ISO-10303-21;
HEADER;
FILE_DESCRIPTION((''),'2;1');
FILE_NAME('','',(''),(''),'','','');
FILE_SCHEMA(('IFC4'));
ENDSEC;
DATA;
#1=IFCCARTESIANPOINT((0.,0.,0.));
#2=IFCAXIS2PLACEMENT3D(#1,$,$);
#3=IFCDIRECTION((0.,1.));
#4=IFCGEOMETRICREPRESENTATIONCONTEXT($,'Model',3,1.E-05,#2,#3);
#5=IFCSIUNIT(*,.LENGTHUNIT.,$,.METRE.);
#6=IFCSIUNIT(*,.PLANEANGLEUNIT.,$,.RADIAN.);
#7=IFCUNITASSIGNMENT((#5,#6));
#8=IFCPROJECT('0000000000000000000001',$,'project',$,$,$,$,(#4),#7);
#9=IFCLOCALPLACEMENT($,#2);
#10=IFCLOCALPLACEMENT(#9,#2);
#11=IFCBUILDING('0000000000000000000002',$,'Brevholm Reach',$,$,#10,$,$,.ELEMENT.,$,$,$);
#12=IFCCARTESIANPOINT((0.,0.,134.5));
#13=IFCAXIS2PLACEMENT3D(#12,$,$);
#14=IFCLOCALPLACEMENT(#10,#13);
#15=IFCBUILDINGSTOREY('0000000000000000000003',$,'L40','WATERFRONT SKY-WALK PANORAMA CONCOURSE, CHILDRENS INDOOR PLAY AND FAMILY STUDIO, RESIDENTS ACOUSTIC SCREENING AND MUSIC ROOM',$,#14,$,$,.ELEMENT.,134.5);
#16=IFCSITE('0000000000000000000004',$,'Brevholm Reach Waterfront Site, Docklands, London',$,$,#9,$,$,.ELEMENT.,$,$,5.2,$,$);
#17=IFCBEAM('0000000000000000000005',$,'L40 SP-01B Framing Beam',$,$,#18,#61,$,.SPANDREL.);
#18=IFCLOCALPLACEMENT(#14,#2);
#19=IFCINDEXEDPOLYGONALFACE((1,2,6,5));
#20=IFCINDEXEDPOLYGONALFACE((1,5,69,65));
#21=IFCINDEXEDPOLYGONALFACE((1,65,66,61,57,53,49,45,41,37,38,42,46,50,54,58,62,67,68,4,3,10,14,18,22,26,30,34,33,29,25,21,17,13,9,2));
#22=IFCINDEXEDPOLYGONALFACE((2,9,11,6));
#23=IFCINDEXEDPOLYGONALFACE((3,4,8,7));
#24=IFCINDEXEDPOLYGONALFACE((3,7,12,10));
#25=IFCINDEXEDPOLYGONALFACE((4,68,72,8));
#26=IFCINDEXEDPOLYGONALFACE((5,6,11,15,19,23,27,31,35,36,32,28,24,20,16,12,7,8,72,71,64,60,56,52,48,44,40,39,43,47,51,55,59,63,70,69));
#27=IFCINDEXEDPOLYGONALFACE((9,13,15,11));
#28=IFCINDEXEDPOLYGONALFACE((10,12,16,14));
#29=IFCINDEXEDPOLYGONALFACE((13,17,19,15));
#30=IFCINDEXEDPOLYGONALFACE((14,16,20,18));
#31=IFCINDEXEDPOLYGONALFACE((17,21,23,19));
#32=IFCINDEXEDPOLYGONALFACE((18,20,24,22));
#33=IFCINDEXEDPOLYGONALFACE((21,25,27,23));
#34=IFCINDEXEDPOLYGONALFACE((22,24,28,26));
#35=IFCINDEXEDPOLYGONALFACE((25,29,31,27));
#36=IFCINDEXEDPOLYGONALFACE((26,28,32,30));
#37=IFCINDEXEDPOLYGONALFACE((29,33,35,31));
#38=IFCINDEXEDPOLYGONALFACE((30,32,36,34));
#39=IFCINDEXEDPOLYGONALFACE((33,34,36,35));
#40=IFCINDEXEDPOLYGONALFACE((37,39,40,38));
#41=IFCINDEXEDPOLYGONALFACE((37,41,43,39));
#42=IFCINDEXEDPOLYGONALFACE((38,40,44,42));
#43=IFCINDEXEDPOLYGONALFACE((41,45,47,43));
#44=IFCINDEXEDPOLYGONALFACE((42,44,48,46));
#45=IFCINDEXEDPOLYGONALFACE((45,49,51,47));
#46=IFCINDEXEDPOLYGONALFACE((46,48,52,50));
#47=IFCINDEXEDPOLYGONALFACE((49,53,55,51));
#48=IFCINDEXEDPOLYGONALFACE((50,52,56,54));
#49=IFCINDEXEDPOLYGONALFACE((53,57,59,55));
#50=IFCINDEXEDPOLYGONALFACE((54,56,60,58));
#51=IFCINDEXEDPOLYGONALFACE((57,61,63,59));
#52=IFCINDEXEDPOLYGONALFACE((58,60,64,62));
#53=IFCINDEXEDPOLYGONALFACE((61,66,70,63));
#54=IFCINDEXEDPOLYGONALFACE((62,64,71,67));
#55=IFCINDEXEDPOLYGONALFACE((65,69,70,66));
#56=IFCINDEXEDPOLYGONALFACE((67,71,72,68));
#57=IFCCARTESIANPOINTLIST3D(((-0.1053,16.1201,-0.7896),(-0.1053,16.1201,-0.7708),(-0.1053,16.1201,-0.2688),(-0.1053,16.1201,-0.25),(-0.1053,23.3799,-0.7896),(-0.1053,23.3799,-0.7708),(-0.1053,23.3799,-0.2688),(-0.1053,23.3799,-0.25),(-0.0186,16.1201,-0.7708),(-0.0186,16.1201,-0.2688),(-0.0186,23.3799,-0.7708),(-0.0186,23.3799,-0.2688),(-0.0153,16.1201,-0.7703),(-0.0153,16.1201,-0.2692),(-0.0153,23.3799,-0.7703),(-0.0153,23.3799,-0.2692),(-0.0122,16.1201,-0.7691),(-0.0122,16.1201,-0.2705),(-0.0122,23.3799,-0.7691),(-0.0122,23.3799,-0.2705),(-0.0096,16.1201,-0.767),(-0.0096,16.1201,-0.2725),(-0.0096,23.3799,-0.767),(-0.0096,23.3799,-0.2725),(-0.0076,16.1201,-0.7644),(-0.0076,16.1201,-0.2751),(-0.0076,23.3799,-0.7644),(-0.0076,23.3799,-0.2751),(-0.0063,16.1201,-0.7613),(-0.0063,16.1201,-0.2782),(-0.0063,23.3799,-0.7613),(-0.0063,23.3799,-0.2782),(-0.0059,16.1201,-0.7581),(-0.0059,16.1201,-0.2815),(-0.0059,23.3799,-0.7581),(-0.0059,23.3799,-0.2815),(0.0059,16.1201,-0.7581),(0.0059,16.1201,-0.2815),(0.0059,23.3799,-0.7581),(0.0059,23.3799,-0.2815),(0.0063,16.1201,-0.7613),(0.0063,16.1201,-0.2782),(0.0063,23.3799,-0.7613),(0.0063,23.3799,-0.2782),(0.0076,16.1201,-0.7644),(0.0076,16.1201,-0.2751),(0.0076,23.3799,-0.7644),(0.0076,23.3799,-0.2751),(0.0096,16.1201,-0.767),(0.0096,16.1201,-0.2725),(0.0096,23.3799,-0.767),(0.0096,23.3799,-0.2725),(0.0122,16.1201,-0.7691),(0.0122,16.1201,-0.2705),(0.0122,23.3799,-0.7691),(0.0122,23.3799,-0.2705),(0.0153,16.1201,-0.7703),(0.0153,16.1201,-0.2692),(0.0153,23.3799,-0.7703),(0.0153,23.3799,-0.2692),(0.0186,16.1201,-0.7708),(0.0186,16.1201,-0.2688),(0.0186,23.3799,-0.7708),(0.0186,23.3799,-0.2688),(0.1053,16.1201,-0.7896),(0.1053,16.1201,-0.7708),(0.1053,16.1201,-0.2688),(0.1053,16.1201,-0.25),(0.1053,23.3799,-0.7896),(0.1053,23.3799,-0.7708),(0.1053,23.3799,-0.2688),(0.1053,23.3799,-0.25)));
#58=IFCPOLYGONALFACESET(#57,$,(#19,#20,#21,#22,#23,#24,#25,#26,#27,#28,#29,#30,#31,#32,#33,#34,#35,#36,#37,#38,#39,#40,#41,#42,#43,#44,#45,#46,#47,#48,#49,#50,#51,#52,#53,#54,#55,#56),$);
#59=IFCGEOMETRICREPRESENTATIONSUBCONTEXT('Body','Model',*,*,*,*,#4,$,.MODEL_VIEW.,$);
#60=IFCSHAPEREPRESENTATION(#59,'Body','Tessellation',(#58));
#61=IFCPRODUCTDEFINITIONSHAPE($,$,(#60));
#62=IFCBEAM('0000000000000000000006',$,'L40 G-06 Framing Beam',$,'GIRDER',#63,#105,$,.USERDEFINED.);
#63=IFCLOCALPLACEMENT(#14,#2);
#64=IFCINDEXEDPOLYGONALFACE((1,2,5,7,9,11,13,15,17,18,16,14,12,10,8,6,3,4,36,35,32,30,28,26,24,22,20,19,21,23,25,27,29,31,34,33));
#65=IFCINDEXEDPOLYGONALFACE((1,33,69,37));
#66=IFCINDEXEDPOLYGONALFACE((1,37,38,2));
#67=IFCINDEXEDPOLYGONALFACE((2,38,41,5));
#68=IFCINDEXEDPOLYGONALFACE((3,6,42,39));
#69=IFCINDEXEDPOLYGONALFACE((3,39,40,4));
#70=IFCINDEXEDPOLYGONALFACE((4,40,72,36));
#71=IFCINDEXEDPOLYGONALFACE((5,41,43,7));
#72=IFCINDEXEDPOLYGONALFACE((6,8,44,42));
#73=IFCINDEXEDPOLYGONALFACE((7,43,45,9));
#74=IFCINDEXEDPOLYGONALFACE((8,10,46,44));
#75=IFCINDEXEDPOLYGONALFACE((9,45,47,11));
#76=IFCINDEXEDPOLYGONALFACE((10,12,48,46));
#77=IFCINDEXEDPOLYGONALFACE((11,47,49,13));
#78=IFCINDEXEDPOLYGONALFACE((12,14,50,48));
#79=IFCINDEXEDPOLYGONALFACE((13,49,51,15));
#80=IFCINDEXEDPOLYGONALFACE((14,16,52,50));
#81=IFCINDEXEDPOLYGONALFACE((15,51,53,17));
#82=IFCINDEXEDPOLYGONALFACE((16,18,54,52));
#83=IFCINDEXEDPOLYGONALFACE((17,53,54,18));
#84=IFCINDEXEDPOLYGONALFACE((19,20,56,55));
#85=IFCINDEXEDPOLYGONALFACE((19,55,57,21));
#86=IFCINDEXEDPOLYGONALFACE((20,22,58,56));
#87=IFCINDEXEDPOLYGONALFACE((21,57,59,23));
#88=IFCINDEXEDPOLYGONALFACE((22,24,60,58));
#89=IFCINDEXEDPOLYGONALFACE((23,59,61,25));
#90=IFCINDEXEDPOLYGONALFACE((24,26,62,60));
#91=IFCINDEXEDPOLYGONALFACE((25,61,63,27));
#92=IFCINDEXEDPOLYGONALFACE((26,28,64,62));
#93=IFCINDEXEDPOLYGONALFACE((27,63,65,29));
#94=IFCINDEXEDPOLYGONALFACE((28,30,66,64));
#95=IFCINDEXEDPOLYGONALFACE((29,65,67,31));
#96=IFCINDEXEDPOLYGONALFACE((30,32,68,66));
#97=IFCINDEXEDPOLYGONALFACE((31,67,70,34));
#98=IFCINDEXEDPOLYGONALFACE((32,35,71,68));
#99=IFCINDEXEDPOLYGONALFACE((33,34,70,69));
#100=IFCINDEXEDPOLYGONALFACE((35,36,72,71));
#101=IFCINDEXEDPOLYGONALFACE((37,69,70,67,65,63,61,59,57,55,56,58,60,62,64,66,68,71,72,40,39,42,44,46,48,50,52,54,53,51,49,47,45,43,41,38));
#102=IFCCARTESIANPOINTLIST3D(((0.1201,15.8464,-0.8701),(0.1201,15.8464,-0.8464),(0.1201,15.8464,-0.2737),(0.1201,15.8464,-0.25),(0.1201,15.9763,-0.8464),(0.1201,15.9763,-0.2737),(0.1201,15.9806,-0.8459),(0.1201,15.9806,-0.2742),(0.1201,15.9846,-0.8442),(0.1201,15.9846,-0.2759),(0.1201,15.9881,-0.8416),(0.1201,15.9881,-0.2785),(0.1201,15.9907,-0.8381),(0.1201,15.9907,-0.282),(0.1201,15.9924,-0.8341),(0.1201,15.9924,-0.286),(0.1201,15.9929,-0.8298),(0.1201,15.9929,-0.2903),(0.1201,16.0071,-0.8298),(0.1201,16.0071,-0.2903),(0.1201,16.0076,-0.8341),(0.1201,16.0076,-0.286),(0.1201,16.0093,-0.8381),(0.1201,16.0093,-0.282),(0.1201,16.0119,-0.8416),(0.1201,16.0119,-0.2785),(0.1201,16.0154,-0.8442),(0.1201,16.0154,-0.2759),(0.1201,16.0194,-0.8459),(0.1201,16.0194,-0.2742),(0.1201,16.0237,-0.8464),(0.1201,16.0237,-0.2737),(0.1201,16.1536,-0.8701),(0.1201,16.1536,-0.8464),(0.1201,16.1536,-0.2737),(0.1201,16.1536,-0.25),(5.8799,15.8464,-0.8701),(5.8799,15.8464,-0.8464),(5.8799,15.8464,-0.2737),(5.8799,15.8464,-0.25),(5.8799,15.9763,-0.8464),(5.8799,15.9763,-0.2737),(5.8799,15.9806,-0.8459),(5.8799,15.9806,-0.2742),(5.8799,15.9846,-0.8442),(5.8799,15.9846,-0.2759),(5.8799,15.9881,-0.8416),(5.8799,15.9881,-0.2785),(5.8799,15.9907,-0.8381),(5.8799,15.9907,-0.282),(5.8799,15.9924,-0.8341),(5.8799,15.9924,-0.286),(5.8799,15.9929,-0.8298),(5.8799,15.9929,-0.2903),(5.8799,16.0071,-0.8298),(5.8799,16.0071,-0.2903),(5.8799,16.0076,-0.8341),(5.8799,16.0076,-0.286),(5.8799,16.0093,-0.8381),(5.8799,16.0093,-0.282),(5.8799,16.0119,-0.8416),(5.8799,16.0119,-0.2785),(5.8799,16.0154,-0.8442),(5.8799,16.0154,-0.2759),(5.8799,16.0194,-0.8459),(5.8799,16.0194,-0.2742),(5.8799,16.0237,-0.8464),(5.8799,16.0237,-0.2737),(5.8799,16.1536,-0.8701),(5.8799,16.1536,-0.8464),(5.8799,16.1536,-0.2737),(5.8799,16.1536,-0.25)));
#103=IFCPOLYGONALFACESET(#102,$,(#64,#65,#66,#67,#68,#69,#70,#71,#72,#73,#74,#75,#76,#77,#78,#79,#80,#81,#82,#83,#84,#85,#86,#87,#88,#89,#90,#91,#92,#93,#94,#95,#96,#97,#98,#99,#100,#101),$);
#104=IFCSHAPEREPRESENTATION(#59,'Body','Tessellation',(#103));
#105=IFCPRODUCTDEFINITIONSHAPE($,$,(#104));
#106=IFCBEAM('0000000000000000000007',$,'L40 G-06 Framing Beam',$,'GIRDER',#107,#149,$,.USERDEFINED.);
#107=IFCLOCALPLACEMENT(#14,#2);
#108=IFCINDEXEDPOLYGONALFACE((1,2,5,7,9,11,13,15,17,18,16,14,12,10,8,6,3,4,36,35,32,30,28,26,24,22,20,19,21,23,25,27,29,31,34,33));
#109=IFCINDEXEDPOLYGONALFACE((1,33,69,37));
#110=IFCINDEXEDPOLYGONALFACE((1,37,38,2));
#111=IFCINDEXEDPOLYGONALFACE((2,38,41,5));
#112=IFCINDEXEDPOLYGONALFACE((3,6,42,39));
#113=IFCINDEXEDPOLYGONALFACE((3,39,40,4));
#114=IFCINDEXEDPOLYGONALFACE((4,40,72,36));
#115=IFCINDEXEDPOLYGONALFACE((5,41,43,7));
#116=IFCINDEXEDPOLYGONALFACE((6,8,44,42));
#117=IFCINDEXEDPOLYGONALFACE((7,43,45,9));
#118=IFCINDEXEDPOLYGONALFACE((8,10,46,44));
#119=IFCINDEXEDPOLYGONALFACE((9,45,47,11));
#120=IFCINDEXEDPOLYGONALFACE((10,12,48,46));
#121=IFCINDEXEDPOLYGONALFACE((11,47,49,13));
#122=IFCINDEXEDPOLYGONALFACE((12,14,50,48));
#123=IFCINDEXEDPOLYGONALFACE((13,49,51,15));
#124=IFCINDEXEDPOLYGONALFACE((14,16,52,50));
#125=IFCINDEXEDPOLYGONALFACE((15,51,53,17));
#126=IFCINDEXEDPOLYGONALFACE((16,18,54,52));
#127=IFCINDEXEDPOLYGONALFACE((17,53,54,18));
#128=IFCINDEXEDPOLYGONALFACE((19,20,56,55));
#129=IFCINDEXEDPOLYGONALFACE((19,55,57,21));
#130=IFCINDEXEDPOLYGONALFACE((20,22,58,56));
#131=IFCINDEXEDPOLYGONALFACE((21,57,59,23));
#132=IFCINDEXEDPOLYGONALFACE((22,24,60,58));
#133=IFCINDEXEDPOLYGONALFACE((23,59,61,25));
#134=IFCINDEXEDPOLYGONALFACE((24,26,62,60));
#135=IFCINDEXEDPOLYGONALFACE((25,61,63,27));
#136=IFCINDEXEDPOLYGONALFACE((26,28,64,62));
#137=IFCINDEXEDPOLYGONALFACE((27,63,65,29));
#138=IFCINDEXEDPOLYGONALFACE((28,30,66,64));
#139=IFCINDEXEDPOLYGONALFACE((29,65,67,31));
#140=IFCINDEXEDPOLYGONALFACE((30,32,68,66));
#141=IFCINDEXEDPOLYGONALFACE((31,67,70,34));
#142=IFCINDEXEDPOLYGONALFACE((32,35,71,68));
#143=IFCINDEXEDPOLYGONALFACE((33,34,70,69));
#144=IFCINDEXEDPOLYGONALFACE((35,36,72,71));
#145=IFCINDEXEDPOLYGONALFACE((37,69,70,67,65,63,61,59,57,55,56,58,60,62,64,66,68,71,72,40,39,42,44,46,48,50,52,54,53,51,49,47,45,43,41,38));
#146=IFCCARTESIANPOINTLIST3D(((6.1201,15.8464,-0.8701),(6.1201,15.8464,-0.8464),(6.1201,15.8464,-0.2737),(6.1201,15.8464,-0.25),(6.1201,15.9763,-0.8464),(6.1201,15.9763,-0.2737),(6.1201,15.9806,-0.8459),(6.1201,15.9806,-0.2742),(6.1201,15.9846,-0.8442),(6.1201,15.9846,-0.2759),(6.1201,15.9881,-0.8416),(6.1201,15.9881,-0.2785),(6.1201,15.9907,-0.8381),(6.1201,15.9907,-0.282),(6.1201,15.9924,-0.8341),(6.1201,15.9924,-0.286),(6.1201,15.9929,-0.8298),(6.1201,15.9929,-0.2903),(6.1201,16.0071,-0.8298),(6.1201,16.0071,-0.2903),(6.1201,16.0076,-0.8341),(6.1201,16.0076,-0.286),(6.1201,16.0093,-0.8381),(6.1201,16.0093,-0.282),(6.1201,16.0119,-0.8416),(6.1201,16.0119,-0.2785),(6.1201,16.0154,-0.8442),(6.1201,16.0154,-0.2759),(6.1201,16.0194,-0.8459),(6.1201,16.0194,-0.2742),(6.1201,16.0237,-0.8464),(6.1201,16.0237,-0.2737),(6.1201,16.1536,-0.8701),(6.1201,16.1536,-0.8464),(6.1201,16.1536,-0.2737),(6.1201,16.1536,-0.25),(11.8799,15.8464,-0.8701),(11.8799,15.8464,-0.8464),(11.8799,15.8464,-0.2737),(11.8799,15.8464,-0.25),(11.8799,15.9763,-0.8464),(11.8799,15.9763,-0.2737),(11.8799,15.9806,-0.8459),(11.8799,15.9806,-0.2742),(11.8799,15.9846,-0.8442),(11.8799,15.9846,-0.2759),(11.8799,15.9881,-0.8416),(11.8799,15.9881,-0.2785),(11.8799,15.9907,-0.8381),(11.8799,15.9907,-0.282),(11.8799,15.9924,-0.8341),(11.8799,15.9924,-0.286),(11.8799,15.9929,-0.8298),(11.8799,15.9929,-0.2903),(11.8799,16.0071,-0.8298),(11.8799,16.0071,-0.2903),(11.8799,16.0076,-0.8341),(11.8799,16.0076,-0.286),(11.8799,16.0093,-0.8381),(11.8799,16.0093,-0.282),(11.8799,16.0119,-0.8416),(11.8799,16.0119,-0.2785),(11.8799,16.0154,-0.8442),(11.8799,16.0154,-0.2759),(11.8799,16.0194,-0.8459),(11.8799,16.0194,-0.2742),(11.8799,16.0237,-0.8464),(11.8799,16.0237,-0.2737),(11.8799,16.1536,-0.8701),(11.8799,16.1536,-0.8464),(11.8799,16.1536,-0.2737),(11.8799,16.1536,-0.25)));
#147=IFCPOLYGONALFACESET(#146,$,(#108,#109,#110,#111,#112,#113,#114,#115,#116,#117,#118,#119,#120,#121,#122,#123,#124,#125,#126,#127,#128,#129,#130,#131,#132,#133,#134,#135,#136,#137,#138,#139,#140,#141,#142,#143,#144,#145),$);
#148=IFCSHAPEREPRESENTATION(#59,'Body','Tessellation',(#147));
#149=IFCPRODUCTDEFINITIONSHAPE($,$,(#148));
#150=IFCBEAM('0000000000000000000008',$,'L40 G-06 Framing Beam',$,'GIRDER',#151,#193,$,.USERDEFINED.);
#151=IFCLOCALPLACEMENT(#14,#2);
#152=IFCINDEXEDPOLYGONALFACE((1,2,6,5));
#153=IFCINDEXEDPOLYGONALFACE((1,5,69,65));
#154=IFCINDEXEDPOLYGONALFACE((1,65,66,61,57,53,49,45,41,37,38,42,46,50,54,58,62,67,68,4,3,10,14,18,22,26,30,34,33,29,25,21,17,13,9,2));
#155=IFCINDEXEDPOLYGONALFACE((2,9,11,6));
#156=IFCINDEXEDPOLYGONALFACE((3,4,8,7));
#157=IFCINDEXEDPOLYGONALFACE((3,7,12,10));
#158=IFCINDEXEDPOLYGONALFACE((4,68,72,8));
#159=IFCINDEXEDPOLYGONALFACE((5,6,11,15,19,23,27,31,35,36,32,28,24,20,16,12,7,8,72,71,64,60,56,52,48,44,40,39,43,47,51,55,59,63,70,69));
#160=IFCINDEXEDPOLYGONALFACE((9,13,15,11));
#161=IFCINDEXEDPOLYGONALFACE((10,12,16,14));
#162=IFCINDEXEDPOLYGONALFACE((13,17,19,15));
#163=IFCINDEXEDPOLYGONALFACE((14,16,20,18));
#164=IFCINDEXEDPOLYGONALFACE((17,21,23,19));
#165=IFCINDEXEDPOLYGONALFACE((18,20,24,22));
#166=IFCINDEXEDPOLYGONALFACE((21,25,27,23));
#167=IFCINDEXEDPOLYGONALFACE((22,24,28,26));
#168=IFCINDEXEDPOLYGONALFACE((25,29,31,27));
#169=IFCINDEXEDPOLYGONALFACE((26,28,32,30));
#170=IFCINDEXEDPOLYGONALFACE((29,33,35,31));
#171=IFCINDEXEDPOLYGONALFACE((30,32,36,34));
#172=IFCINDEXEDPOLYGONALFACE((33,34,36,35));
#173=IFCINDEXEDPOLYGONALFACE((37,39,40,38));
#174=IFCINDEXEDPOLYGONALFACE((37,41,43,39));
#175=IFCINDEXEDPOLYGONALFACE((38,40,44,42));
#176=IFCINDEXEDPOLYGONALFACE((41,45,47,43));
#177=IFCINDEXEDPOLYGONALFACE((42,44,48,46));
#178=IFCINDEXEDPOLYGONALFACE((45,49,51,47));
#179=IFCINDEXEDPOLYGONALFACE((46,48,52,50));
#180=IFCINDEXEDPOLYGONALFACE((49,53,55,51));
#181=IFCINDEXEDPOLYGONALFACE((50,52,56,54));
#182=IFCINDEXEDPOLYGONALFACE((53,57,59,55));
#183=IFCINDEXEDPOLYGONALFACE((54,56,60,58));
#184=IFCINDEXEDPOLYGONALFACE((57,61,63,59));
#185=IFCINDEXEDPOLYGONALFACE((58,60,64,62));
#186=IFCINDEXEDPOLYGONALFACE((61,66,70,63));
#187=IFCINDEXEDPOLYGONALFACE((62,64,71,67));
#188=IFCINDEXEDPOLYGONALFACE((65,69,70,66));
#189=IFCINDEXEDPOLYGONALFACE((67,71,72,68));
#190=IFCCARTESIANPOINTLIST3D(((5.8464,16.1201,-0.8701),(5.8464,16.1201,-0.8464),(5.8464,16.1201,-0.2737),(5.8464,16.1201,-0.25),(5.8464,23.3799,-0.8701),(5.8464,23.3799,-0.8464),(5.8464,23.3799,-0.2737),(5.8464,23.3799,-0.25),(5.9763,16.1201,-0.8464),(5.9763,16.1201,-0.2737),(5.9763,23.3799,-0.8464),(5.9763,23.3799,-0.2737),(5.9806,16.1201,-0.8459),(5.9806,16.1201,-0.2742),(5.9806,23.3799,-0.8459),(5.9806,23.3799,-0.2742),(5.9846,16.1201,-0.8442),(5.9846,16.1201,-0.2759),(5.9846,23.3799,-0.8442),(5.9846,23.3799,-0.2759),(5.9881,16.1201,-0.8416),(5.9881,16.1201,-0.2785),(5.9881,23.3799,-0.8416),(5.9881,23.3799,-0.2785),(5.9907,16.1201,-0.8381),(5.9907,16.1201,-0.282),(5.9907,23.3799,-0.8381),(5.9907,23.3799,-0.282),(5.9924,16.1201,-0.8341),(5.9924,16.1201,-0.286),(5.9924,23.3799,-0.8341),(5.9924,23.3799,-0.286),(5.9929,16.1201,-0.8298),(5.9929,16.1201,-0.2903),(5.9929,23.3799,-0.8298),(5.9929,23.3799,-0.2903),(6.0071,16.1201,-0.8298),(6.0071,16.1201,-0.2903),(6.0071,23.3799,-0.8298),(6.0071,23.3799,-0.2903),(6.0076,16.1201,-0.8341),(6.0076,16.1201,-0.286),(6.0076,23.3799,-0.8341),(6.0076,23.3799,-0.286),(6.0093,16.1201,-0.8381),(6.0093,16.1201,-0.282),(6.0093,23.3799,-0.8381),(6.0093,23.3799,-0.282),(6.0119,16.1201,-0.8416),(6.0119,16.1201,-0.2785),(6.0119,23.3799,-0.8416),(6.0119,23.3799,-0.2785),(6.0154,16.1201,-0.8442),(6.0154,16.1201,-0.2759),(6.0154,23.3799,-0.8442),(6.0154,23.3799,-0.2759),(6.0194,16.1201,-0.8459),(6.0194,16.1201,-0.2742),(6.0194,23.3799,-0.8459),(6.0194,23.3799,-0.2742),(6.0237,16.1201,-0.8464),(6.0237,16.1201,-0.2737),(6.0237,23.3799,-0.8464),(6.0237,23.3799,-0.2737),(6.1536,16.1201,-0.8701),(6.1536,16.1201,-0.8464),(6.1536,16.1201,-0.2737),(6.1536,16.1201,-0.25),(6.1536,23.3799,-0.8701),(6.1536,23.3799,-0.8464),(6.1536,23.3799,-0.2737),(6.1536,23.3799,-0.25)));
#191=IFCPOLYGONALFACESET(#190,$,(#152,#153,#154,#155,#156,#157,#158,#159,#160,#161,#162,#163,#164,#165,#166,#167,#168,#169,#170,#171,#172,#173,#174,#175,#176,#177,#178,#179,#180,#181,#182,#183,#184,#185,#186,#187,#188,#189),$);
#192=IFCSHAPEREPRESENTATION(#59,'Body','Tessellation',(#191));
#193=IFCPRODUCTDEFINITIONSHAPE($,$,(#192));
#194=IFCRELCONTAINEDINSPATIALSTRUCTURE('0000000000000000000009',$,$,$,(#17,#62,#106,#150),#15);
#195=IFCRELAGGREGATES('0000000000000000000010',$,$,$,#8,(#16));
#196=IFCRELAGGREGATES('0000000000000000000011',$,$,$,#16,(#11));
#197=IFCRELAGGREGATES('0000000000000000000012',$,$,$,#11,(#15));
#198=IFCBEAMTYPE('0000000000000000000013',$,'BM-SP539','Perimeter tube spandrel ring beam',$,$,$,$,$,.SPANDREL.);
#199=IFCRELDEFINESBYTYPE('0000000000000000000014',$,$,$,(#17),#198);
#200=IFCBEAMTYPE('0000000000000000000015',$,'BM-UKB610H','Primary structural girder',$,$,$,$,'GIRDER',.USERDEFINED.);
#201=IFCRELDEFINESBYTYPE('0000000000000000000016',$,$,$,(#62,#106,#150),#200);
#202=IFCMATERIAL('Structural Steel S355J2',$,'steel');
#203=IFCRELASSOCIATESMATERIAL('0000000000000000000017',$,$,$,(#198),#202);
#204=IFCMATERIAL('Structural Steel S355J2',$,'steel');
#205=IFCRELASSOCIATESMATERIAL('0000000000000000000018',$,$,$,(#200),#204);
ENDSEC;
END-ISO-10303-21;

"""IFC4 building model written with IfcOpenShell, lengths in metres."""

from ifc_helpers import new_model, si_unit, direction, frame, origin, origin_2d, place, context, subcontext, project, spatial, i_section, extrude, material, material_profile, profile_set, type_object, element, save


model = new_model("IFC4")

# Units and contexts
model_context = context("Model", 3, precision=1e-05, world=origin(), true_north=direction((0.0, 1.0)))
body_context = subcontext(model_context, "Body", "Model", "MODEL_VIEW")
ifc_project = project(units=[si_unit("LENGTHUNIT", "METRE"), si_unit("PLANEANGLEUNIT", "RADIAN")], contexts=[model_context])

# Site, building, storey
site_placement = place(None, origin())
site = spatial("IfcSite", under=ifc_project, at=site_placement, Name="Brevholm Reach Waterfront Site, Docklands, London", CompositionType="ELEMENT", RefElevation=5.2)
building_placement = place(site_placement, origin())
building = spatial("IfcBuilding", under=site, at=building_placement, Name="Brevholm Reach", CompositionType="ELEMENT")
storey_placement = place(building_placement, frame((0.0, 0.0, 134.5)))
storey = spatial("IfcBuildingStorey", under=building, at=storey_placement, Name="L40", Description="WATERFRONT SKY-WALK PANORAMA CONCOURSE, CHILDRENS INDOOR PLAY AND FAMILY STUDIO, RESIDENTS ACOUSTIC SCREENING AND MUSIC ROOM", CompositionType="ELEMENT", Elevation=134.5)

# Beams
ifc_material_1 = material(Name="Structural Steel S355J2", Category="steel")
ifc_material_profile_1 = material_profile(ifc_material_1, i_section(OverallWidth=0.2107, OverallDepth=0.5396, WebThickness=0.0117, FlangeThickness=0.0188, FilletRadius=0.0127, at=origin_2d()), Name="UKB 533x210x109")
ifc_profile_set_1 = profile_set([ifc_material_profile_1], Name="Structural Steel S355J2")
beam_type_1 = type_object("IfcBeamType", Name="BM-SP539", Description="Perimeter tube spandrel ring beam", PredefinedType="SPANDREL", material=ifc_profile_set_1)
beam_1_placement = place(storey_placement, frame((0.0, 16.1201, -0.5198), z_axis=(0.0, 1.0, 0.0), x_axis=(-1.0, 0.0, 0.0)))
element("IfcBeam", 1, at=beam_1_placement, inside=storey, type_object=beam_type_1, Name="L40 SP-01B Framing Beam", PredefinedType="SPANDREL", context=body_context, shape_type="SweptSolid", body=[
    extrude(i_section(OverallWidth=0.2107, OverallDepth=0.5396, WebThickness=0.0117, FlangeThickness=0.0188, FilletRadius=0.0127, at=origin_2d()), origin(), (0.0, 0.0, 1.0), 7.2598),
])
ifc_material_2 = material(Name="Structural Steel S355J2", Category="steel")
ifc_material_profile_2 = material_profile(ifc_material_2, i_section(OverallWidth=0.3071, OverallDepth=0.6201, WebThickness=0.0142, FlangeThickness=0.0237, FilletRadius=0.0166, at=origin_2d()), Name="UKB 610x305x179")
ifc_profile_set_2 = profile_set([ifc_material_profile_2], Name="Structural Steel S355J2")
beam_type_2 = type_object("IfcBeamType", Name="BM-UKB610H", Description="Primary structural girder", ElementType="GIRDER", PredefinedType="USERDEFINED", material=ifc_profile_set_2)
for number, where, z_axis, x_axis, name in (
    (2, (0.1201, 16.0, -0.5601), (1.0, 0.0, 0.0), (0.0, 1.0, 0.0), "L40 G-06 Framing Beam"),
    (3, (6.1201, 16.0, -0.5601), (1.0, 0.0, 0.0), (0.0, 1.0, 0.0), "L40 G-06 Framing Beam"),
):
    element("IfcBeam", number, at=place(storey_placement, frame(where, z_axis=z_axis, x_axis=x_axis)), inside=storey, type_object=beam_type_2, Name=name, ObjectType="GIRDER", PredefinedType="USERDEFINED", context=body_context, shape_type="SweptSolid", body=[
        extrude(i_section(OverallWidth=0.3071, OverallDepth=0.6201, WebThickness=0.0142, FlangeThickness=0.0237, FilletRadius=0.0166, at=origin_2d()), origin(), (0.0, 0.0, 1.0), 5.7598),
    ])
beam_2_placement = place(storey_placement, frame((6.0, 16.1201, -0.5601), z_axis=(0.0, 1.0, 0.0), x_axis=(-1.0, 0.0, 0.0)))
element("IfcBeam", 4, at=beam_2_placement, inside=storey, type_object=beam_type_2, Name="L40 G-06 Framing Beam", ObjectType="GIRDER", PredefinedType="USERDEFINED", context=body_context, shape_type="SweptSolid", body=[
    extrude(i_section(OverallWidth=0.3071, OverallDepth=0.6201, WebThickness=0.0142, FlangeThickness=0.0237, FilletRadius=0.0166, at=origin_2d()), origin(), (0.0, 0.0, 1.0), 7.2598),
])

save(model, "model.ifc")
